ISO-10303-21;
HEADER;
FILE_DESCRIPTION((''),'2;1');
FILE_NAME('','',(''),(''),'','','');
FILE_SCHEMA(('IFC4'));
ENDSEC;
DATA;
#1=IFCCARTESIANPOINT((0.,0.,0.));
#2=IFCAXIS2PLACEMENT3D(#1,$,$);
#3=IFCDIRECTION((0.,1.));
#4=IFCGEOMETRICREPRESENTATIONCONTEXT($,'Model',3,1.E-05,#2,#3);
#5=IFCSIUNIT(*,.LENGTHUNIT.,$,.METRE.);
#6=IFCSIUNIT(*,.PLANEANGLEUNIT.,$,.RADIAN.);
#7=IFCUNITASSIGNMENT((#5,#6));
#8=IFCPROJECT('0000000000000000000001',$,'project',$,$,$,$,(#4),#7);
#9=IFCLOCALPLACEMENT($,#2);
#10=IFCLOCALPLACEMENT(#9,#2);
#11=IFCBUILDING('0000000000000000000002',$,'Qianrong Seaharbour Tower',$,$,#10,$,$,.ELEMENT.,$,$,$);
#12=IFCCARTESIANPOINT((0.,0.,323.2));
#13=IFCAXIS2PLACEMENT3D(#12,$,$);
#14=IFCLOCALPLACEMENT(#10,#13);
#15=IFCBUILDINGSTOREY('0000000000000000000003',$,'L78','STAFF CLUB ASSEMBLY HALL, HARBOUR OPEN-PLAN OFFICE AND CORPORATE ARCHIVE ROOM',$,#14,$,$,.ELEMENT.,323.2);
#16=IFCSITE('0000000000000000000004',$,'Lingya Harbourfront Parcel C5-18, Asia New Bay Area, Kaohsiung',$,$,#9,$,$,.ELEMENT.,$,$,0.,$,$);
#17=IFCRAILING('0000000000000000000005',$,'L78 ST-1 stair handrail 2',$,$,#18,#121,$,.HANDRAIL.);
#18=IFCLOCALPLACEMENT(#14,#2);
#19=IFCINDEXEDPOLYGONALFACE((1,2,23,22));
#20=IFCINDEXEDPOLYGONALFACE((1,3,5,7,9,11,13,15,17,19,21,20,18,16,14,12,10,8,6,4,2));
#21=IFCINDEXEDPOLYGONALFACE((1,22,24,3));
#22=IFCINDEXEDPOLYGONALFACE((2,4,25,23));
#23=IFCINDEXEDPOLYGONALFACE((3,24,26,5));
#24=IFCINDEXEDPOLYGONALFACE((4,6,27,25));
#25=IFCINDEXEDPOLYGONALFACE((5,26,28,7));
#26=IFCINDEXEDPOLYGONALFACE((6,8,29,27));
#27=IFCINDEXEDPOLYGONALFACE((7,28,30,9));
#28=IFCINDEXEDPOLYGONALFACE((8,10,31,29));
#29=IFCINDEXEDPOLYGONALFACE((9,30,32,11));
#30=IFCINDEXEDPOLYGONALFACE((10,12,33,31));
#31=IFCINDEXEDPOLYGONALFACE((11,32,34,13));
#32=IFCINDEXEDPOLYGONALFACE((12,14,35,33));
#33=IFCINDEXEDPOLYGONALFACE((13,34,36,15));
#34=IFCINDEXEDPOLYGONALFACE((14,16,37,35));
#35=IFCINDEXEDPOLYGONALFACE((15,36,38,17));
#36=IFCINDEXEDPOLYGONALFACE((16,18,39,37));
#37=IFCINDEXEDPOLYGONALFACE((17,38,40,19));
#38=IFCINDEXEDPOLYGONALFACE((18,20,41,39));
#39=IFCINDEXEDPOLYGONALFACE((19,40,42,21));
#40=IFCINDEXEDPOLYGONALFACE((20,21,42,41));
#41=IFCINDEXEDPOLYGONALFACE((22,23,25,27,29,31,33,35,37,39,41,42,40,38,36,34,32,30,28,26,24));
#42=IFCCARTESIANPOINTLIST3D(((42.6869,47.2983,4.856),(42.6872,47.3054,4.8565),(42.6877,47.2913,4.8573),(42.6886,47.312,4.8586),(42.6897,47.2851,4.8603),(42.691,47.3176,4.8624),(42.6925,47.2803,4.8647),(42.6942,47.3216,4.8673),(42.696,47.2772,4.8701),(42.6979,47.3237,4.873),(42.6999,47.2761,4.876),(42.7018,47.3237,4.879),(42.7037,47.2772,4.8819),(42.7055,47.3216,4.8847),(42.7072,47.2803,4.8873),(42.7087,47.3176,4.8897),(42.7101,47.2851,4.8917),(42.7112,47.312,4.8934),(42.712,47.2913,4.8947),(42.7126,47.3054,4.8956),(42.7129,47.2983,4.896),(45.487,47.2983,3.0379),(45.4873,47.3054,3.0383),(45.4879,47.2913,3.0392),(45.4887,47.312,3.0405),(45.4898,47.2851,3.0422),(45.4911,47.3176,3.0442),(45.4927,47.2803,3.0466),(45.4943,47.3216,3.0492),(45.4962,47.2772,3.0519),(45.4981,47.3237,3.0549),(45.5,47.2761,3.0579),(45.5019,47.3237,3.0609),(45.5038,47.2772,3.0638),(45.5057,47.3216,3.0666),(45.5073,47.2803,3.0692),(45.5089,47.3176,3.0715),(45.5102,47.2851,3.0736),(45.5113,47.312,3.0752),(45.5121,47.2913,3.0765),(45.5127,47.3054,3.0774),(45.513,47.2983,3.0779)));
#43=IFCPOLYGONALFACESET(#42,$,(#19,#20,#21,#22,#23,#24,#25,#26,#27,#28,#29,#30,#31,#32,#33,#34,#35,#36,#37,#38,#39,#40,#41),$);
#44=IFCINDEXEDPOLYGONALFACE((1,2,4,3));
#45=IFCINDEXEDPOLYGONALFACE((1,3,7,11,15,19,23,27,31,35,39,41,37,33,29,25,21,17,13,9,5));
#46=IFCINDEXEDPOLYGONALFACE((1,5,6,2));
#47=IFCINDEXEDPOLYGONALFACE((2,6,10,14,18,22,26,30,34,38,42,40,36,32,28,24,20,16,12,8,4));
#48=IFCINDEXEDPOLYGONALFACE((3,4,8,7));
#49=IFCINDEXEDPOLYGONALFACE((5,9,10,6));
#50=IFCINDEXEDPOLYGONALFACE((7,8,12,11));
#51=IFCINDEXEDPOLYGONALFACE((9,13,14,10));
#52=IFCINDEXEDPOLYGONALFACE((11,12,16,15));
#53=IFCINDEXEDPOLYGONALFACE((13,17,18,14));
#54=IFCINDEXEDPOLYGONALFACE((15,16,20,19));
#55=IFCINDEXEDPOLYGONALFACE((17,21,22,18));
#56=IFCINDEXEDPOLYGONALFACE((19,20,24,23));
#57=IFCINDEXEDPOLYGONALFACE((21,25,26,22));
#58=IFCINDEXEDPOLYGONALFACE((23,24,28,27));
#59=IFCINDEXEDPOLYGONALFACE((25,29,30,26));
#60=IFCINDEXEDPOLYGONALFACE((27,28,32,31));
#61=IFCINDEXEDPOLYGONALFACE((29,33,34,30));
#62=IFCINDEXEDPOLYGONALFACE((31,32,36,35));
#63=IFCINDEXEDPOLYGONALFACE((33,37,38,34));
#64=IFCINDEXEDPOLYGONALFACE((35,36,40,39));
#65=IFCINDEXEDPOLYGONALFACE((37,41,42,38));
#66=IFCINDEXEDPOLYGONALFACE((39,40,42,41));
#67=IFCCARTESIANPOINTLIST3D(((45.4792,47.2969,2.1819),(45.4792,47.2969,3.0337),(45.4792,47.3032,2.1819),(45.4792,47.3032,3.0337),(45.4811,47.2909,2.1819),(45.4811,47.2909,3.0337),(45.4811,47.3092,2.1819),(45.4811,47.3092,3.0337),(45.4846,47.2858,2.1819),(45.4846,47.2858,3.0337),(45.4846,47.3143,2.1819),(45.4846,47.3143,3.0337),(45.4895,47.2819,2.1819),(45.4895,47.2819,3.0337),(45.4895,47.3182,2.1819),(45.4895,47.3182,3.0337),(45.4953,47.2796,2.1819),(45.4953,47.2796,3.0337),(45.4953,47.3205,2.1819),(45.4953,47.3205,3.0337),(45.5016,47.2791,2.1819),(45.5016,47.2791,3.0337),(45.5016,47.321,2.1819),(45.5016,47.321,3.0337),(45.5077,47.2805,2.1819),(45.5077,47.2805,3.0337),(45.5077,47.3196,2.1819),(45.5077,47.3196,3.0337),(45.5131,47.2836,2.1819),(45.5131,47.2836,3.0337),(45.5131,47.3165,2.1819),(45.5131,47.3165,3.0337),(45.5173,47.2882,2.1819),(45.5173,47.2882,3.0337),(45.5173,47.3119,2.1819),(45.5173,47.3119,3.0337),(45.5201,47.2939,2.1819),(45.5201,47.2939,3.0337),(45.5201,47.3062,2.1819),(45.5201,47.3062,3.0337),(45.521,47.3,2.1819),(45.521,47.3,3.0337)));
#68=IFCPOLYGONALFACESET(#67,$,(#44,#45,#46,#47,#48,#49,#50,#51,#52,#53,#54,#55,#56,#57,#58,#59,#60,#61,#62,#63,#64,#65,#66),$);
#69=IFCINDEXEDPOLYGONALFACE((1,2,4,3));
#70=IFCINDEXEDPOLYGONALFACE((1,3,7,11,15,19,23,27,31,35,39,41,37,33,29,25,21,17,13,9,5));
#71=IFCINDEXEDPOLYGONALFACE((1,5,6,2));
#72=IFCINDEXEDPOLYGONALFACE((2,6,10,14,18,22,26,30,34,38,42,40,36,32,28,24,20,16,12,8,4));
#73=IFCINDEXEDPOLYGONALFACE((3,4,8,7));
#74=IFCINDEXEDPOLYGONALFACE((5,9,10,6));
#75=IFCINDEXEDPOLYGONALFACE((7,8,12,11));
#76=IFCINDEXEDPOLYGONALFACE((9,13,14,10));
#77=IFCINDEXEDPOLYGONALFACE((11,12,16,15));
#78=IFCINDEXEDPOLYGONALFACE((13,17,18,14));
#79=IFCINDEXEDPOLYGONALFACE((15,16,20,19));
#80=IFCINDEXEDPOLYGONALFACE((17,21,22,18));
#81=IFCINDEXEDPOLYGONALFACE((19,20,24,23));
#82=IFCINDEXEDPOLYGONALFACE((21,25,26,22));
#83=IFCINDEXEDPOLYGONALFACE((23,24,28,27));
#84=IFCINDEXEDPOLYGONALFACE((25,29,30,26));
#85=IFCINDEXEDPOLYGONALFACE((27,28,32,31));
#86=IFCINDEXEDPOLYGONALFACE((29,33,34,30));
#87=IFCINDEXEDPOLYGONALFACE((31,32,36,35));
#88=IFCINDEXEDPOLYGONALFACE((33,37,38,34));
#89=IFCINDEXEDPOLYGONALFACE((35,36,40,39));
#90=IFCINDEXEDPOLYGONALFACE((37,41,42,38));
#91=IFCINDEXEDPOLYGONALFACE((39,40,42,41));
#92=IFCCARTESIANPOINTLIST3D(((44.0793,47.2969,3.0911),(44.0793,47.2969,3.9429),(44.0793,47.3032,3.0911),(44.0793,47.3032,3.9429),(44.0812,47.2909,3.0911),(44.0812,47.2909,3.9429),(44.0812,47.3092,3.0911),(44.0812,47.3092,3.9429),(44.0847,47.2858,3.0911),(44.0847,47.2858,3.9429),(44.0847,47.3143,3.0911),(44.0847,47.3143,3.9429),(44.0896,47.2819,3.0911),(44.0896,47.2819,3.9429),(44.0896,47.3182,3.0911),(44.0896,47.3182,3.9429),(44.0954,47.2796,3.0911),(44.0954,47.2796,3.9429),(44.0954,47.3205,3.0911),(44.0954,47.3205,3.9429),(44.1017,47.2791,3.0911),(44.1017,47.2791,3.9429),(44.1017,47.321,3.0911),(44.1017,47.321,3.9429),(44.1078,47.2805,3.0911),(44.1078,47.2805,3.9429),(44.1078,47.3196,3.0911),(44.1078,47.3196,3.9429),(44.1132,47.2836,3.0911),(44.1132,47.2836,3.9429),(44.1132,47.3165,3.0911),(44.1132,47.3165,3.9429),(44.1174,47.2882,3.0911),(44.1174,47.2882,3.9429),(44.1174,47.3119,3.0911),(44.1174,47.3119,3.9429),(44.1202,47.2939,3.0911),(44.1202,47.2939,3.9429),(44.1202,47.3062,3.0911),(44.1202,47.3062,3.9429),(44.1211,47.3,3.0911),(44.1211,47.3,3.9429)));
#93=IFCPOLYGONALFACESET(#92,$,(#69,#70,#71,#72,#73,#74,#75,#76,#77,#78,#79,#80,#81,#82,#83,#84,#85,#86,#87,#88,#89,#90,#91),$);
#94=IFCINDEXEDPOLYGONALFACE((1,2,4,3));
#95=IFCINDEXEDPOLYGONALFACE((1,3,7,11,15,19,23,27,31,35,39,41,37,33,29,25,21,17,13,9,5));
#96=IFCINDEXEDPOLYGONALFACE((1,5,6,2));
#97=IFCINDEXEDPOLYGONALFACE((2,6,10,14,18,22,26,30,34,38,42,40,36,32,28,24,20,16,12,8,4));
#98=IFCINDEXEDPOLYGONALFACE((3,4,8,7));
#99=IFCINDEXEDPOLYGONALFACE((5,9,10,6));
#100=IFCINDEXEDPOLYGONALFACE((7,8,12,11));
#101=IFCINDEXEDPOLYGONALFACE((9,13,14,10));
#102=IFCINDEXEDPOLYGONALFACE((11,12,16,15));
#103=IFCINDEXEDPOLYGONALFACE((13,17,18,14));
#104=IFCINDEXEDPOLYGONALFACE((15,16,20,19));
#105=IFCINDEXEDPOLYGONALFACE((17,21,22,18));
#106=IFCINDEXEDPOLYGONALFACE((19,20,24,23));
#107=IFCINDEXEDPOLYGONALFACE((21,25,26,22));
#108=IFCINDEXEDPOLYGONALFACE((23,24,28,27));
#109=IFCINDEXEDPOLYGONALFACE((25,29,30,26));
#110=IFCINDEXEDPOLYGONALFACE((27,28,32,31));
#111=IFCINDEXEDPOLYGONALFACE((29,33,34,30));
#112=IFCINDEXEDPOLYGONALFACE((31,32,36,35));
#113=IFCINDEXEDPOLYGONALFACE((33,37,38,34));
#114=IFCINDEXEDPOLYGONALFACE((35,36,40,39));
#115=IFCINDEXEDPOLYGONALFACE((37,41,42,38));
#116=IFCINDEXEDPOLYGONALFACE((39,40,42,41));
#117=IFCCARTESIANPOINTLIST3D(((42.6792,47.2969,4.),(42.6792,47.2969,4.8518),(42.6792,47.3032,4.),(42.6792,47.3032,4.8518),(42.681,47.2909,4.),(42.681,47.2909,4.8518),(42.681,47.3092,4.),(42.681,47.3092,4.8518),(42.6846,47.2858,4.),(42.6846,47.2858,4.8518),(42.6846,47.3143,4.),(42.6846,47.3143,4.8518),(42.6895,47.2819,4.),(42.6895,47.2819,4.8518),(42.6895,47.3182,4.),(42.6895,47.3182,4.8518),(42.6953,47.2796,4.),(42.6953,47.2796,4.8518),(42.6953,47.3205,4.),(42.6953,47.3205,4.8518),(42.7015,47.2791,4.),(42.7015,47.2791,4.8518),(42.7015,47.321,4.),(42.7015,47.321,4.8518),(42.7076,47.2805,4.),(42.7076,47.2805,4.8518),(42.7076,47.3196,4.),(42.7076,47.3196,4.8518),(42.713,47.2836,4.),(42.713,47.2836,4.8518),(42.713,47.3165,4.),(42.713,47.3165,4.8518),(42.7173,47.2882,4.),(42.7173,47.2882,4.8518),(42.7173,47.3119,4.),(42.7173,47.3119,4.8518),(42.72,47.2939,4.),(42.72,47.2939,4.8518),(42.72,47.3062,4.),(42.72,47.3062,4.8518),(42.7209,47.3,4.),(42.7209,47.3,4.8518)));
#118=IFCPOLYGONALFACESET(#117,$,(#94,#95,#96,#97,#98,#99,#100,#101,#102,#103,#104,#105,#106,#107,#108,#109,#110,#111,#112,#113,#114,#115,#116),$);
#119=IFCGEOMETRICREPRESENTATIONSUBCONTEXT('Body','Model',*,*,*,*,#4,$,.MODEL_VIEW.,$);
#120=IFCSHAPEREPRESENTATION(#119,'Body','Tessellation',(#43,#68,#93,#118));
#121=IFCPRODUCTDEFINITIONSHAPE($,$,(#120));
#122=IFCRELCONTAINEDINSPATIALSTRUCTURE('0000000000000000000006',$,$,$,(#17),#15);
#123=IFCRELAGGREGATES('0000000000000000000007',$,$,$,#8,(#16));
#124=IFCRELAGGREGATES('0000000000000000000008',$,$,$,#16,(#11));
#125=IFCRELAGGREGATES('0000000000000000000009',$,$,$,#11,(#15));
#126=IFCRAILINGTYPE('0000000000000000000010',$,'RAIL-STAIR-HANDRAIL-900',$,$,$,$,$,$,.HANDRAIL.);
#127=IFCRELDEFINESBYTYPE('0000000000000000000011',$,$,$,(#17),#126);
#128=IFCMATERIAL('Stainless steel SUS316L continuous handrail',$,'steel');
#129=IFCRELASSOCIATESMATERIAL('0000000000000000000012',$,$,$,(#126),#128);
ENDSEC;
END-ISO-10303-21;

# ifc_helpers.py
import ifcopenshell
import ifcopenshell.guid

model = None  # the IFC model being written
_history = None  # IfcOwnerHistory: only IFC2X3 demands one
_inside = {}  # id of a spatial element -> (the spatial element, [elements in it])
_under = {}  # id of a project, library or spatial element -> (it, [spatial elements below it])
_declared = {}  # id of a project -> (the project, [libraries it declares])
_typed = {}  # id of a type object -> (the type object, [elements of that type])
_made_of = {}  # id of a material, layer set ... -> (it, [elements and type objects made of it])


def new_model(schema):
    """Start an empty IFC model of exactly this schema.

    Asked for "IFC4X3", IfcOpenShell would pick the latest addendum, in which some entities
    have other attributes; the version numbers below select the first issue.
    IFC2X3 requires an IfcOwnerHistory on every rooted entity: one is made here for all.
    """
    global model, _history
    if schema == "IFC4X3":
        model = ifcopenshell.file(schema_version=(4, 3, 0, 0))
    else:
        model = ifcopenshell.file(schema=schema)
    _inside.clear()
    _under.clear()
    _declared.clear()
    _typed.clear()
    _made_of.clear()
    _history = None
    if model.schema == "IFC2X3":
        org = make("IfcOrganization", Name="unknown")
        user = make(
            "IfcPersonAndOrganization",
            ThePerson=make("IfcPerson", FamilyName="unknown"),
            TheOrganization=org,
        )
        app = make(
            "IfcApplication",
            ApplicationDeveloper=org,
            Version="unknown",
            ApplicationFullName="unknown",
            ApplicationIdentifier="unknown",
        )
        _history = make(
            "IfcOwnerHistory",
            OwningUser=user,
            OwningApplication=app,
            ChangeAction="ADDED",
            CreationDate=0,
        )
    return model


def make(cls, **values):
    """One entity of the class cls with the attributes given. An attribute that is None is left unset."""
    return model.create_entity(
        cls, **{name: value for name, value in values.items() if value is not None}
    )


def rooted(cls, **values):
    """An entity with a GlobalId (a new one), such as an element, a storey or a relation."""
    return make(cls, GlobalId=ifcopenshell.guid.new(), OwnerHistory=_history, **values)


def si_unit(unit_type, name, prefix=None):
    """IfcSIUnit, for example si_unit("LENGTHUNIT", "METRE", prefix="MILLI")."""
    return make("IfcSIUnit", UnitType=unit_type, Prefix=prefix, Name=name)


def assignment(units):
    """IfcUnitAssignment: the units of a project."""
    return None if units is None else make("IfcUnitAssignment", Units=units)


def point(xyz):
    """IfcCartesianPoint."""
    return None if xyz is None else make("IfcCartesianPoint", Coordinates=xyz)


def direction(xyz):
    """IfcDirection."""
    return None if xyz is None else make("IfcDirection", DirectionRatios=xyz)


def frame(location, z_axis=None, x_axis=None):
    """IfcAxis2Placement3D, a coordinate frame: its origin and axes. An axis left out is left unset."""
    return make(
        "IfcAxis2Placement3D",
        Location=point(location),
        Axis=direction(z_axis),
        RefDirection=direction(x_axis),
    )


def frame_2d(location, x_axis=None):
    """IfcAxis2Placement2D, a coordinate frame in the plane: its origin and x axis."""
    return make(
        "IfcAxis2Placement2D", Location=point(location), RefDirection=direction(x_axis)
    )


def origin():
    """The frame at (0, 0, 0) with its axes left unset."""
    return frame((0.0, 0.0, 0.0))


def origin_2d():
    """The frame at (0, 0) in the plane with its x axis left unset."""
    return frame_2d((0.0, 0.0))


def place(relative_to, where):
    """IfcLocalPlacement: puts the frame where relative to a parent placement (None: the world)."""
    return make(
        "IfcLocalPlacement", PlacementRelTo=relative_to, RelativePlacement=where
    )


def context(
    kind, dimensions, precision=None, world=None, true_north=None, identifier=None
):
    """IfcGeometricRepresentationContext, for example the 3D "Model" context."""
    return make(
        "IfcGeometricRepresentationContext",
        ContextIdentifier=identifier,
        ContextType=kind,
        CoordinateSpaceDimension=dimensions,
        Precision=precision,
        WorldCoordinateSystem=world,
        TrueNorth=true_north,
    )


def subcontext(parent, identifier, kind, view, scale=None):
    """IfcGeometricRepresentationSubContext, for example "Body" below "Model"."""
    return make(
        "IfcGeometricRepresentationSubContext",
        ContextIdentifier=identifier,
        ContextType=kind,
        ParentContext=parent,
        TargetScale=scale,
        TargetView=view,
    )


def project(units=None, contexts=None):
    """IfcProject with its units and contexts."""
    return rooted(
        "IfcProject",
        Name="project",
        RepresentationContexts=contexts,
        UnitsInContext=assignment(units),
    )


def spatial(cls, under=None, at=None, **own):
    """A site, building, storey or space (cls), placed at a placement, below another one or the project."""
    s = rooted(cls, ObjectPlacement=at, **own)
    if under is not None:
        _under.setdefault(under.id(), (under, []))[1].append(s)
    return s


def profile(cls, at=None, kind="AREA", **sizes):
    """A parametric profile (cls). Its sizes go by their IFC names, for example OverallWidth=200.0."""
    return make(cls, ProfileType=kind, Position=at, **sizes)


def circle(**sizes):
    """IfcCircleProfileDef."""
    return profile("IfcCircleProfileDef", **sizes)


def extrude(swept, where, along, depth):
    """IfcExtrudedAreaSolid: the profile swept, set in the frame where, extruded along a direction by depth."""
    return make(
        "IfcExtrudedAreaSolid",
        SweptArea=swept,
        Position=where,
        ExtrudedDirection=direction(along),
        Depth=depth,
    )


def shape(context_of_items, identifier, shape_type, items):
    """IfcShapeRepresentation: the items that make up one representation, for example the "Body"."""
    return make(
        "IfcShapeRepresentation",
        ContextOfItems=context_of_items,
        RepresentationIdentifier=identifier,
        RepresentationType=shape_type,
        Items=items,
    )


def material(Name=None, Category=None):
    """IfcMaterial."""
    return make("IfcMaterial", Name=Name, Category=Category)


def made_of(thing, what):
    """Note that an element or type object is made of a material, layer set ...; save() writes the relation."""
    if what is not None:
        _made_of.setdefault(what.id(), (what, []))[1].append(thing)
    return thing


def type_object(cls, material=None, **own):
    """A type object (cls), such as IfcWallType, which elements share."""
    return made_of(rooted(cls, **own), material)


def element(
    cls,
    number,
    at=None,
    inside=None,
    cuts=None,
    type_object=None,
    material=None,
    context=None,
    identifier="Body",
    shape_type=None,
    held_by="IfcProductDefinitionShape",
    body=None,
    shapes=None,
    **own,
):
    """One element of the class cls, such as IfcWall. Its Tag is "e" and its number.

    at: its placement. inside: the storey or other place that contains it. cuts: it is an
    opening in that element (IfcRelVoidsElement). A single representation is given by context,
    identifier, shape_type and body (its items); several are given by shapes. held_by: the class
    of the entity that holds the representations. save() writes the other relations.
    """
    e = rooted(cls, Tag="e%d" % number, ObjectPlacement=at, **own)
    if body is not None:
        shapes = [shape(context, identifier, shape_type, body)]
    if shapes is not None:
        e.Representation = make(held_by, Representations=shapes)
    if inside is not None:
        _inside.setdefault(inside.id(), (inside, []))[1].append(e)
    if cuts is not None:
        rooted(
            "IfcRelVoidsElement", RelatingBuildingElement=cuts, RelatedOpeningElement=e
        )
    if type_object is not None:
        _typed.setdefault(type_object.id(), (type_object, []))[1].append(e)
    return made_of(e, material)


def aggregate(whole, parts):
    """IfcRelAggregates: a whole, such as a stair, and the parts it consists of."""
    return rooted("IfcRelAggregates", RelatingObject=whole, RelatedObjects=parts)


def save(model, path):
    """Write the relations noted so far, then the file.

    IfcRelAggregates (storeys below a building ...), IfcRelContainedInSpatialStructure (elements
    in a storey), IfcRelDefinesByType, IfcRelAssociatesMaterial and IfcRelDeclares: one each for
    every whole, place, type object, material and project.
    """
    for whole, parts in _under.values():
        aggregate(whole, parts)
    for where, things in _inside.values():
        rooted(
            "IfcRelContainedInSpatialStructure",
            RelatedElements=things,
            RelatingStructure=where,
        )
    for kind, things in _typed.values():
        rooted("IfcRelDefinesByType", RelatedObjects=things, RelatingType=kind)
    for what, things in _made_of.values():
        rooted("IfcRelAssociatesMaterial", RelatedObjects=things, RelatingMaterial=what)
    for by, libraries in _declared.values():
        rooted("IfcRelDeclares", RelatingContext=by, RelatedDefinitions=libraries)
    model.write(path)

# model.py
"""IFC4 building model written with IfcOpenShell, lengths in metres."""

from ifc_helpers import new_model, si_unit, direction, frame, origin, origin_2d, place, context, subcontext, project, spatial, circle, extrude, material, type_object, element, save


model = new_model("IFC4")

# Units and contexts
model_context = context("Model", 3, precision=1e-05, world=origin(), true_north=direction((0.0, 1.0)))
body_context = subcontext(model_context, "Body", "Model", "MODEL_VIEW")
ifc_project = project(units=[si_unit("LENGTHUNIT", "METRE"), si_unit("PLANEANGLEUNIT", "RADIAN")], contexts=[model_context])

# Site, building, storey
site_placement = place(None, origin())
site = spatial("IfcSite", under=ifc_project, at=site_placement, Name="Lingya Harbourfront Parcel C5-18, Asia New Bay Area, Kaohsiung", CompositionType="ELEMENT", RefElevation=0.0)
building_placement = place(site_placement, origin())
building = spatial("IfcBuilding", under=site, at=building_placement, Name="Qianrong Seaharbour Tower", CompositionType="ELEMENT")
storey_placement = place(building_placement, frame((0.0, 0.0, 323.2)))
storey = spatial("IfcBuildingStorey", under=building, at=storey_placement, Name="L78", Description="STAFF CLUB ASSEMBLY HALL, HARBOUR OPEN-PLAN OFFICE AND CORPORATE ARCHIVE ROOM", CompositionType="ELEMENT", Elevation=323.2)

# Railing
ifc_material_1 = material(Name="Stainless steel SUS316L continuous handrail", Category="steel")
railing_type_1 = type_object("IfcRailingType", Name="RAIL-STAIR-HANDRAIL-900", PredefinedType="HANDRAIL", material=ifc_material_1)
railing_1_placement = place(storey_placement, frame((45.5, 47.3, 2.1819)))
element("IfcRailing", 1, at=railing_1_placement, inside=storey, type_object=railing_type_1, Name="L78 ST-1 stair handrail 2", PredefinedType="HANDRAIL", context=body_context, shape_type="SweptSolid", body=[
    extrude(circle(Radius=0.0239, at=origin_2d()), frame((0.0, 0.0, 0.876), z_axis=(-0.838706, 0.0, 0.544585), x_axis=(0.0, -1.0, 0.0)), (0.0, 0.0, 1.0), 3.3386),
    extrude(circle(Radius=0.021, at=origin_2d()), origin(), (0.0, 0.0, 1.0), 0.8518),
    extrude(circle(Radius=0.021, at=origin_2d()), frame((-1.3999, 0.0, 0.9092)), (0.0, 0.0, 1.0), 0.8518),
    extrude(circle(Radius=0.021, at=origin_2d()), frame((-2.8, 0.0, 1.8181)), (0.0, 0.0, 1.0), 0.8518),
])

save(model, "model.ifc")
